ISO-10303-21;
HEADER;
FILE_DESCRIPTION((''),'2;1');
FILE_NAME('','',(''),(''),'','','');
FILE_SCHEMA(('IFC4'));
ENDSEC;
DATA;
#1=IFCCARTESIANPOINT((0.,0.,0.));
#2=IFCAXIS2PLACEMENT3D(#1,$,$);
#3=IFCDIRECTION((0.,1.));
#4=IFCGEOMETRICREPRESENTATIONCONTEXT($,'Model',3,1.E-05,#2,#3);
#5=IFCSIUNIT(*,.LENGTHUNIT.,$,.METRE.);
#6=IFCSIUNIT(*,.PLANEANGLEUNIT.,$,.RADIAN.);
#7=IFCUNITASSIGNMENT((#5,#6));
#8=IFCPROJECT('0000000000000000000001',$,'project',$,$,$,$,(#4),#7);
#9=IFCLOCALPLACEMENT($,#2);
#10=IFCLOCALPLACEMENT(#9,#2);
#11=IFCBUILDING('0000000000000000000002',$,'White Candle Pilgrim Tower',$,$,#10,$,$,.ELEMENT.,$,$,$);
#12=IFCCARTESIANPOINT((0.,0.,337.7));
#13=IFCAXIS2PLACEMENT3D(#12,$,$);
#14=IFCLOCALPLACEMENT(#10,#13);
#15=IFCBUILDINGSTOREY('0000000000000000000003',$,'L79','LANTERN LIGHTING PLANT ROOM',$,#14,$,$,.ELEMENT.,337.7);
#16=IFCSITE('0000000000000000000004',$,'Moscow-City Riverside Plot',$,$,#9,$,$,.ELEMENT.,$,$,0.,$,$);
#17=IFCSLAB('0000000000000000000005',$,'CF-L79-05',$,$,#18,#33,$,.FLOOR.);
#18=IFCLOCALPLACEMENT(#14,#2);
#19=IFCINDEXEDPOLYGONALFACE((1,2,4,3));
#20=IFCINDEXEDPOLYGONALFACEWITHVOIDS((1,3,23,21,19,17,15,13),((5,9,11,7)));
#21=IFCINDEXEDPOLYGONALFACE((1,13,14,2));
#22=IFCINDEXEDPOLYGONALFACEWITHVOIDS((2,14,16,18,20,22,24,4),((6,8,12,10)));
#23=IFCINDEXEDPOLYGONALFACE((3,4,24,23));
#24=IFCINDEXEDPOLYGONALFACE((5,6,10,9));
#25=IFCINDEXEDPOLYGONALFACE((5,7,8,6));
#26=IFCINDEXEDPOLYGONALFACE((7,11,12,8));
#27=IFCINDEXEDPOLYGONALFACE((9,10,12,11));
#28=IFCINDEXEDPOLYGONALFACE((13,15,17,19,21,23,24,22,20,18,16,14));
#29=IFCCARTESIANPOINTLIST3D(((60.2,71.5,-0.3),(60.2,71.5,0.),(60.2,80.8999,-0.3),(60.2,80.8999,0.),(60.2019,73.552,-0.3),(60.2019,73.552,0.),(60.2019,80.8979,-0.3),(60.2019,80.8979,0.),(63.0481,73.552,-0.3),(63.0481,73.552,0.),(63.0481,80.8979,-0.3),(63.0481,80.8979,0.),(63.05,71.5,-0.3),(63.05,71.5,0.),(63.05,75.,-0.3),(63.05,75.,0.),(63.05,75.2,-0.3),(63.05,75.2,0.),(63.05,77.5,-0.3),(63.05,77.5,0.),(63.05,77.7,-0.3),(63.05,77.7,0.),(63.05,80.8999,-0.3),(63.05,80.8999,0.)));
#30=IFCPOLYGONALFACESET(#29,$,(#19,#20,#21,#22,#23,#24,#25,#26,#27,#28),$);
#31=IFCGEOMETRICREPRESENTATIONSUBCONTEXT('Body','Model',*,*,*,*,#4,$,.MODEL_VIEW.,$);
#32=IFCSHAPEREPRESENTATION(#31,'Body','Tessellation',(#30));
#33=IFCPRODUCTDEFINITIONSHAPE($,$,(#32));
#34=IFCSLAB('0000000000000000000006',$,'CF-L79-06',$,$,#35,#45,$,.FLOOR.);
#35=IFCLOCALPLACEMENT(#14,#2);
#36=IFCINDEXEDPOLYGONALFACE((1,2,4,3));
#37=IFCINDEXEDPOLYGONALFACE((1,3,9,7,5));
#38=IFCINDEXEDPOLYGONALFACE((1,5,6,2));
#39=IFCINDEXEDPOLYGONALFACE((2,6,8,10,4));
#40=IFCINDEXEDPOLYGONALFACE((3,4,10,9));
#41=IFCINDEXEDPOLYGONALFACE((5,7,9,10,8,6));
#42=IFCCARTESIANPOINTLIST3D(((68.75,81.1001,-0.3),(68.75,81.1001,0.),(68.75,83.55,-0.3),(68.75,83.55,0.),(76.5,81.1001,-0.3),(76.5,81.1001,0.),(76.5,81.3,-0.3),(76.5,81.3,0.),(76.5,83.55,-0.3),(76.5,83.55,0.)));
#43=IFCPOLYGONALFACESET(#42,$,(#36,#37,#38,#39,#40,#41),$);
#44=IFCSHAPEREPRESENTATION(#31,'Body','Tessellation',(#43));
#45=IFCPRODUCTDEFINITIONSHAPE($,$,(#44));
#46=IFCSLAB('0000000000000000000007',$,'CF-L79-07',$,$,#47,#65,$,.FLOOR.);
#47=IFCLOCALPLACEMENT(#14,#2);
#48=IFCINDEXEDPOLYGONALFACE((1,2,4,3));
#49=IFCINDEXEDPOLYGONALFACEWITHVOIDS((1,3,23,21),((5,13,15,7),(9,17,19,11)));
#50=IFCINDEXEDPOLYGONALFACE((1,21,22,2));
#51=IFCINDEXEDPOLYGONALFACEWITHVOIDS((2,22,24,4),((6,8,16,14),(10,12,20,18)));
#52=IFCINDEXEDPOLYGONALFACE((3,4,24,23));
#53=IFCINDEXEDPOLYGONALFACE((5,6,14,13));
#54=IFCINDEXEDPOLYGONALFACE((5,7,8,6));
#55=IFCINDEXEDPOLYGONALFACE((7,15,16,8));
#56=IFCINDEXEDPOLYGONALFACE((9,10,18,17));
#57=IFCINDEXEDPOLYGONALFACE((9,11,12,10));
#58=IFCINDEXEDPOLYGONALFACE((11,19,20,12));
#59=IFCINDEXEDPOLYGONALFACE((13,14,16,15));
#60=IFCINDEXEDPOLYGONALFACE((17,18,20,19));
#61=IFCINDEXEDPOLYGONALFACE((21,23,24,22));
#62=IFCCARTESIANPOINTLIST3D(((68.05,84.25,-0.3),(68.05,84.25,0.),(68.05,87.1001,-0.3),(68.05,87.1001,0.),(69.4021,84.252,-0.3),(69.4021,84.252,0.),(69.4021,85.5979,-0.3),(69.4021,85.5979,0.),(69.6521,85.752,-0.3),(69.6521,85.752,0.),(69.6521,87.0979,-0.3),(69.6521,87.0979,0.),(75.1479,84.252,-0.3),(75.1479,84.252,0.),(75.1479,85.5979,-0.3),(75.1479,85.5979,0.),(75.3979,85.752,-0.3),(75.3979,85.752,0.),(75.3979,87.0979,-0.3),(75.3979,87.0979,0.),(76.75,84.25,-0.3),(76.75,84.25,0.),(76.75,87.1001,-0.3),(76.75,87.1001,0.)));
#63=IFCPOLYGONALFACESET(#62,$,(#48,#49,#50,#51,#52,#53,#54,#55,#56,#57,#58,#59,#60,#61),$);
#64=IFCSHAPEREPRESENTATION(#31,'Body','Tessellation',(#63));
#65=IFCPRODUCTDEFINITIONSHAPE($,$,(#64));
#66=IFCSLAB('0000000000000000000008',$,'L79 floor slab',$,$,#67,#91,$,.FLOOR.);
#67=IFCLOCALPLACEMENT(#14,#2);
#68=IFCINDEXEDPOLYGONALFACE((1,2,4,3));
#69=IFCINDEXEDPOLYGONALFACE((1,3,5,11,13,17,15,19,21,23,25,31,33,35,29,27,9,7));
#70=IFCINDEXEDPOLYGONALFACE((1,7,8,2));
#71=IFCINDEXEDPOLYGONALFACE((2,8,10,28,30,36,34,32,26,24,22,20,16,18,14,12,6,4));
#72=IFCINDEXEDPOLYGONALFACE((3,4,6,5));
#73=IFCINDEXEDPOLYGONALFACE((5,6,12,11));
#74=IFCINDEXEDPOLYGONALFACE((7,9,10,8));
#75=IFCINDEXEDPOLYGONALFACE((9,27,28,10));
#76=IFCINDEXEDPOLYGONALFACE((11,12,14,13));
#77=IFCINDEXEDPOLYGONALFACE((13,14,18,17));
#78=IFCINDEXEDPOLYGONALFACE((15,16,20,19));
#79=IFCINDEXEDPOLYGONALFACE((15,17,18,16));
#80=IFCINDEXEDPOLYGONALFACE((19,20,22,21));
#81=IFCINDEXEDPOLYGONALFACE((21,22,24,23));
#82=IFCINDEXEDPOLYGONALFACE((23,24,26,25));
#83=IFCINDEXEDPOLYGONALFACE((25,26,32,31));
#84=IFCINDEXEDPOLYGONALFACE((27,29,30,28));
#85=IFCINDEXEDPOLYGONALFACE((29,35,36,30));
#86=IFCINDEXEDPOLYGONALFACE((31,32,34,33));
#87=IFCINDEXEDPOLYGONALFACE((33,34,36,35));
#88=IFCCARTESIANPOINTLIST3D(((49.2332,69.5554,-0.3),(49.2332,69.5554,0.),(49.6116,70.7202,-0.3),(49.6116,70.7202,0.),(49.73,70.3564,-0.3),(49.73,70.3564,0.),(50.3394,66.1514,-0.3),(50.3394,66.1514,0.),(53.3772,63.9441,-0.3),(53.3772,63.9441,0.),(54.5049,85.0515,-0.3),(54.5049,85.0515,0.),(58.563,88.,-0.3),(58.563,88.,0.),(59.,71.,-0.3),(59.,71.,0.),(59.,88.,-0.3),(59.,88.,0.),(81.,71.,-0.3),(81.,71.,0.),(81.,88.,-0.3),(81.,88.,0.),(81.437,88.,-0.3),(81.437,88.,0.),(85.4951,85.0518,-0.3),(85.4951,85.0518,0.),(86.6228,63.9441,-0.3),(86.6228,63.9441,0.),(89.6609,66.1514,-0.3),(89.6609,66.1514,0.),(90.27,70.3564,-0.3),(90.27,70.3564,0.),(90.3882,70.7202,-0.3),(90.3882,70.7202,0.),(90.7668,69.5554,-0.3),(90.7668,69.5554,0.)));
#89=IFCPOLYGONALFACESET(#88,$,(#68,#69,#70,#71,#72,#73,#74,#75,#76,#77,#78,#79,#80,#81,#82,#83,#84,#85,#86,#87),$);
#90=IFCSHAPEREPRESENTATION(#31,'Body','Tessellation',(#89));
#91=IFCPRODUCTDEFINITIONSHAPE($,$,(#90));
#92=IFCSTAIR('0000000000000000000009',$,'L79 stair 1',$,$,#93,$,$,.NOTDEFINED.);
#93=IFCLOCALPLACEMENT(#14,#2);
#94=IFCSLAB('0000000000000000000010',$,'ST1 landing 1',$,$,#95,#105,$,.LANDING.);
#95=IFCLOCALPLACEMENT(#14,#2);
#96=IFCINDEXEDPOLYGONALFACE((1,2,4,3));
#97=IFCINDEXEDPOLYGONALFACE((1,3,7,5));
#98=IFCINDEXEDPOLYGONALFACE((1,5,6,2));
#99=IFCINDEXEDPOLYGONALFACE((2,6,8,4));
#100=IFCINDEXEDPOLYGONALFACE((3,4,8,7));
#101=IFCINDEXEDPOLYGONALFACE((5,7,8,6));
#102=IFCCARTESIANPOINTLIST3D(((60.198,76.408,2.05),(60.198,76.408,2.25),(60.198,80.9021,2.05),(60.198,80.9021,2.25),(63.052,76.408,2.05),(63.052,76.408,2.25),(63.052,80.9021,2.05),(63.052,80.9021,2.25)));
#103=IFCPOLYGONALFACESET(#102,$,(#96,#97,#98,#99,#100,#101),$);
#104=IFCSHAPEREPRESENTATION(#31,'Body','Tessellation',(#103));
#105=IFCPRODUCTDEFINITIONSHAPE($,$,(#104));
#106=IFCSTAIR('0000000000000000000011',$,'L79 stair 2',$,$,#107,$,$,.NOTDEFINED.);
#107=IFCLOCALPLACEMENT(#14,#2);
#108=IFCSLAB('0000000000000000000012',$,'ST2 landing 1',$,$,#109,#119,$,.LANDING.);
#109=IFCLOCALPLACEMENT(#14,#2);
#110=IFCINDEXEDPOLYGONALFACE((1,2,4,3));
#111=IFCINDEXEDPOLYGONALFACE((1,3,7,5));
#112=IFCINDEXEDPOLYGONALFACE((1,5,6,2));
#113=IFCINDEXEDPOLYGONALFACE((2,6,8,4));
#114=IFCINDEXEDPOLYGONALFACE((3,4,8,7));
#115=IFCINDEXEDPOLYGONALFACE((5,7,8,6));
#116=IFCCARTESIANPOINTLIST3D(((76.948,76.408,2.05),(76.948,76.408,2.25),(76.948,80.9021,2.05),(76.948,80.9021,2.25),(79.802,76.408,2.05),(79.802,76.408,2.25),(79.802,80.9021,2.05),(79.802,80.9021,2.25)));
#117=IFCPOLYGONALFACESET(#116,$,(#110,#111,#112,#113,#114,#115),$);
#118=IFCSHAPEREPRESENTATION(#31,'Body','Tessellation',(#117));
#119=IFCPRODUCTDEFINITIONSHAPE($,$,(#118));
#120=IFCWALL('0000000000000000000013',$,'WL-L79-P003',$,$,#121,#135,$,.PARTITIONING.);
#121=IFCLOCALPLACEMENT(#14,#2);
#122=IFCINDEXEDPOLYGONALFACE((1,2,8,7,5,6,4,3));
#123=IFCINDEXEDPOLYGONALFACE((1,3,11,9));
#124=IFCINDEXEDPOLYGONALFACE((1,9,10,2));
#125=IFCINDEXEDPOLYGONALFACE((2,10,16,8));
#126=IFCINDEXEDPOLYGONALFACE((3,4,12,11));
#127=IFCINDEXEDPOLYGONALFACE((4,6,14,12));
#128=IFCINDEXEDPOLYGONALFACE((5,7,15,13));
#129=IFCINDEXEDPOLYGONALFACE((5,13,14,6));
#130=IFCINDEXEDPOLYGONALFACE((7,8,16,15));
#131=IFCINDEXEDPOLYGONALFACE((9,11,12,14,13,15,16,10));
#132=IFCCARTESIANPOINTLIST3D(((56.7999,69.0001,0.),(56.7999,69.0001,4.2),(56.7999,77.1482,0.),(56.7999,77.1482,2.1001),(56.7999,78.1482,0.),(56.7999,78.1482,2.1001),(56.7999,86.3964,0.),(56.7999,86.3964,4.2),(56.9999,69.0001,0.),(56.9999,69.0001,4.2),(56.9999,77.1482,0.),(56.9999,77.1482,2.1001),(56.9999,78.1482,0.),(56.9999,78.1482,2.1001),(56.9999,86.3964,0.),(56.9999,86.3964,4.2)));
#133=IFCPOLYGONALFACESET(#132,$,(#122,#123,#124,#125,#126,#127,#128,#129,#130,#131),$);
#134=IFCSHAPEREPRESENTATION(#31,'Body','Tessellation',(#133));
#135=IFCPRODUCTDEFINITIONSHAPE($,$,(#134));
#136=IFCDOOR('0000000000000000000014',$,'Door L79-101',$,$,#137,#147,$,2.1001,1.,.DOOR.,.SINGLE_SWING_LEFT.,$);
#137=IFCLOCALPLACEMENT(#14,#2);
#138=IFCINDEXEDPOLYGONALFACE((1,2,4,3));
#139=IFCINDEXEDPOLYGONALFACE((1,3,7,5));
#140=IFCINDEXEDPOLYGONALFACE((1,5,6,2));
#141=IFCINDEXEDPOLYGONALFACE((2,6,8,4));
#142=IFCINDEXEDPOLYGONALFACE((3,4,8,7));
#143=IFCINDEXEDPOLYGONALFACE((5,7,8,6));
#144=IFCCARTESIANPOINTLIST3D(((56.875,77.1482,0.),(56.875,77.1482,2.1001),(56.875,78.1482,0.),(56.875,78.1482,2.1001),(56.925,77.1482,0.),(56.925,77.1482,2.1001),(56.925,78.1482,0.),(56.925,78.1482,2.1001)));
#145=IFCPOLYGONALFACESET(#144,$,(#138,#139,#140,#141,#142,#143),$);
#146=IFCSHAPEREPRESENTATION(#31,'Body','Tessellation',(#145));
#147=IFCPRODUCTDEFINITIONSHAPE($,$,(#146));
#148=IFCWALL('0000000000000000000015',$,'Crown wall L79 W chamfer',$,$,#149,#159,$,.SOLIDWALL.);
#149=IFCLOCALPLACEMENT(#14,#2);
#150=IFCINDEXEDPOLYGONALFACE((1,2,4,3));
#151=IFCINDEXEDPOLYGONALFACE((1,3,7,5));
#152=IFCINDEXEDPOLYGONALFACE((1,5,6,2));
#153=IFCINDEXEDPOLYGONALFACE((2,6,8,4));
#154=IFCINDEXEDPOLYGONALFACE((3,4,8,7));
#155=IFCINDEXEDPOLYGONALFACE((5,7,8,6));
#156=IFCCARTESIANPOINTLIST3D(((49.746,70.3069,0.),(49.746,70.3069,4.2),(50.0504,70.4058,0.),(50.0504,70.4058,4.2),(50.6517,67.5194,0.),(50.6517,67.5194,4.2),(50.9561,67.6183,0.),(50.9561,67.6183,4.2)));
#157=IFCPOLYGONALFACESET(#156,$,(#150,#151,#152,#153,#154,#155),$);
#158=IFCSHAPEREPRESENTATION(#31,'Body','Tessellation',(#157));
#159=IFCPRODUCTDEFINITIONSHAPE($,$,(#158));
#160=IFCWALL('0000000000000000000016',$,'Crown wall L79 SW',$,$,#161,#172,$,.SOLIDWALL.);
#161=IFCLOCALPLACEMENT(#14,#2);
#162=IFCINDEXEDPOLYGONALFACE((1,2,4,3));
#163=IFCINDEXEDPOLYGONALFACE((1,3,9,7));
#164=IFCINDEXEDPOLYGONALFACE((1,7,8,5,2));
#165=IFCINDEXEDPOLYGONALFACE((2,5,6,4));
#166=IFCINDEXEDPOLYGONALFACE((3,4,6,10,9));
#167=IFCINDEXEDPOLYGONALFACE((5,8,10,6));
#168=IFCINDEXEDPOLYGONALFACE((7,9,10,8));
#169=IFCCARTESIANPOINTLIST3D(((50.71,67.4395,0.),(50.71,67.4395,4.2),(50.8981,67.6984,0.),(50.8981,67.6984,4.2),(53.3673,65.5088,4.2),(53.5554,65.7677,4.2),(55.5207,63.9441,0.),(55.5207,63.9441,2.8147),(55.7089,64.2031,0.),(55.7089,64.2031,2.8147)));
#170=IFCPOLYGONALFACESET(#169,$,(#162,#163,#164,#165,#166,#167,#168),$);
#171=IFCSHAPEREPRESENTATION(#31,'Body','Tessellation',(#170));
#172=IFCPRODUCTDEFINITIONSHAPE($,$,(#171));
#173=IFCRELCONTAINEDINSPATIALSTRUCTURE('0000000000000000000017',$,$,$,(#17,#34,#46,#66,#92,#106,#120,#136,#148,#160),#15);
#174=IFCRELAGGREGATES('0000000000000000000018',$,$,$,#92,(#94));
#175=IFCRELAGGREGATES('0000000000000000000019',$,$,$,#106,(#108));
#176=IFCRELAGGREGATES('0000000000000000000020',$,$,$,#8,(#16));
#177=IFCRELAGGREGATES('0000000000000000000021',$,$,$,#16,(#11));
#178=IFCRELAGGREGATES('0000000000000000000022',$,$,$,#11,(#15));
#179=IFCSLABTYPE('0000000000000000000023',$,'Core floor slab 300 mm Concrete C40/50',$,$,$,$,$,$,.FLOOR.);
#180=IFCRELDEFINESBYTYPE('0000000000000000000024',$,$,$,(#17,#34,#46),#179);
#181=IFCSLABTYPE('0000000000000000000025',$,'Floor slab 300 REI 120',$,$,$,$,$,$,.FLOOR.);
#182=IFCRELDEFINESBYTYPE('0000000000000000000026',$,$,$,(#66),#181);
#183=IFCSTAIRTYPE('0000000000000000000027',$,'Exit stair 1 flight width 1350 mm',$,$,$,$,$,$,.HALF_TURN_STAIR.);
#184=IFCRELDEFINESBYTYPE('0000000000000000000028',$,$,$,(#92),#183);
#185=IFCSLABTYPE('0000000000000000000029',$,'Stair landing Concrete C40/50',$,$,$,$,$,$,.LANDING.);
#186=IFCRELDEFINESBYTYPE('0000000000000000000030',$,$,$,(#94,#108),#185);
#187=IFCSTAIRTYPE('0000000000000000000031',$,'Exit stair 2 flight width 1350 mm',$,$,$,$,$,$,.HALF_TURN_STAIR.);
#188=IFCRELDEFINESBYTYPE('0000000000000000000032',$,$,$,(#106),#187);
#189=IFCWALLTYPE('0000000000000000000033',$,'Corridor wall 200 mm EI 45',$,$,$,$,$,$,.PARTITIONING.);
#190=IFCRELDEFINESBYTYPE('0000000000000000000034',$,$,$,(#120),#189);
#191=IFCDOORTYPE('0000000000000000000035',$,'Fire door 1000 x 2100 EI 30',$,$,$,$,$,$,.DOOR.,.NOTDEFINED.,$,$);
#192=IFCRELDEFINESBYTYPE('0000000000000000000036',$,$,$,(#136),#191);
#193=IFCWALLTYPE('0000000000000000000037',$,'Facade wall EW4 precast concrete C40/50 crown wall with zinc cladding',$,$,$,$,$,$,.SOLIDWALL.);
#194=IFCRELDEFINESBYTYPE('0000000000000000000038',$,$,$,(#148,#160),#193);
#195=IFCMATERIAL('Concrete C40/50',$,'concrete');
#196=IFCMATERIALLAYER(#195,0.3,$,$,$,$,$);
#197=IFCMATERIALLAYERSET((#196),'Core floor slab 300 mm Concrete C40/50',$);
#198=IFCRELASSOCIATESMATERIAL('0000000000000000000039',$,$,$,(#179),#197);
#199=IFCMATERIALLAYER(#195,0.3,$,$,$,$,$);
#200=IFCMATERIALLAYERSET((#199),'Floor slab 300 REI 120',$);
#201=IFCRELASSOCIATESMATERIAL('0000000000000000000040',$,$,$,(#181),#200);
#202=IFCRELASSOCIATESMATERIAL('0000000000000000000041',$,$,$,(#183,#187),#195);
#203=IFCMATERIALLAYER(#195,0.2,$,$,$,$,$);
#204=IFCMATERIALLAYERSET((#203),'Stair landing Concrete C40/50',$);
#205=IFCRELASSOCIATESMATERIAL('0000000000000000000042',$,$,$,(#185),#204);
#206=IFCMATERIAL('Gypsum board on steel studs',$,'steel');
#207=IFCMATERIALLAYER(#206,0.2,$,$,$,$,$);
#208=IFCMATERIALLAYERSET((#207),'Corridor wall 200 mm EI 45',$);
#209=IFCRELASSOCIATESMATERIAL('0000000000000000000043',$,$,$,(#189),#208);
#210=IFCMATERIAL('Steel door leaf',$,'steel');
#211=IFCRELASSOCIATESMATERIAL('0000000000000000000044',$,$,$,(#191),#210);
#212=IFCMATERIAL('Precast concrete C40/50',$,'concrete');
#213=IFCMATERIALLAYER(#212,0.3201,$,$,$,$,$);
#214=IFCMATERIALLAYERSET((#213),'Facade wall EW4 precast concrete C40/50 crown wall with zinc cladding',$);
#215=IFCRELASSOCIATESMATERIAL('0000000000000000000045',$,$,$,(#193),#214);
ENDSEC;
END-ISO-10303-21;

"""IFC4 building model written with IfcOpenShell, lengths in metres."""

from ifc_helpers import new_model, si_unit, direction, frame, frame_2d, origin, place, context, subcontext, project, spatial, polyline, rectangle, outline, extrude, material, layer, layer_set, type_object, element, fill, aggregate, save


model = new_model("IFC4")

# Units and contexts
model_context = context("Model", 3, precision=1e-05, world=origin(), true_north=direction((0.0, 1.0)))
body_context = subcontext(model_context, "Body", "Model", "MODEL_VIEW")
ifc_project = project(units=[si_unit("LENGTHUNIT", "METRE"), si_unit("PLANEANGLEUNIT", "RADIAN")], contexts=[model_context])

# Site, building, storey
site_placement = place(None, origin())
site = spatial("IfcSite", under=ifc_project, at=site_placement, Name="Moscow-City Riverside Plot", CompositionType="ELEMENT", RefElevation=0.0)
building_placement = place(site_placement, origin())
building = spatial("IfcBuilding", under=site, at=building_placement, Name="White Candle Pilgrim Tower", CompositionType="ELEMENT")
storey_placement = place(building_placement, frame((0.0, 0.0, 337.7)))
storey = spatial("IfcBuildingStorey", under=building, at=storey_placement, Name="L79", Description="LANTERN LIGHTING PLANT ROOM", CompositionType="ELEMENT", Elevation=337.7)

# Slabs
ifc_material_1 = material(Name="Concrete C40/50", Category="concrete")
ifc_layer_1 = layer(ifc_material_1, 0.3)
ifc_layer_set_1 = layer_set([ifc_layer_1], Name="Core floor slab 300 mm Concrete C40/50")
slab_type_1 = type_object("IfcSlabType", Name="Core floor slab 300 mm Concrete C40/50", PredefinedType="FLOOR", material=ifc_layer_set_1)
slab_1_placement = place(storey_placement, frame((0.0, 0.0, -0.3)))
element("IfcSlab", 1, at=slab_1_placement, inside=storey, type_object=slab_type_1, Name="CF-L79-05", PredefinedType="FLOOR", context=body_context, shape_type="SweptSolid", body=[
    extrude(outline(polyline([(60.2, 71.5), (60.2, 80.8999), (63.05, 80.8999), (63.05, 77.7), (63.05, 77.5), (63.05, 75.2), (63.05, 75.0), (63.05, 71.5), (60.2, 71.5)]), holes=[polyline([(63.0481, 73.552), (63.0481, 80.8979), (60.2019, 80.8979), (60.2019, 73.552), (63.0481, 73.552)])]), origin(), (0.0, 0.0, 1.0), 0.3),
])
slab_2_placement = place(storey_placement, frame((0.0, 0.0, -0.3)))
element("IfcSlab", 2, at=slab_2_placement, inside=storey, type_object=slab_type_1, Name="CF-L79-06", PredefinedType="FLOOR", context=body_context, shape_type="SweptSolid", body=[
    extrude(outline(polyline([(68.75, 83.55), (76.5, 83.55), (76.5, 81.3), (76.5, 81.1001), (68.75, 81.1001), (68.75, 83.55)])), origin(), (0.0, 0.0, 1.0), 0.3),
])
slab_3_placement = place(storey_placement, frame((0.0, 0.0, -0.3)))
element("IfcSlab", 3, at=slab_3_placement, inside=storey, type_object=slab_type_1, Name="CF-L79-07", PredefinedType="FLOOR", context=body_context, shape_type="SweptSolid", body=[
    extrude(outline(polyline([(68.05, 87.1001), (76.75, 87.1001), (76.75, 84.25), (68.05, 84.25), (68.05, 87.1001)]), holes=[polyline([(69.4021, 84.252), (75.1479, 84.252), (75.1479, 85.5979), (69.4021, 85.5979), (69.4021, 84.252)]), polyline([(69.6521, 87.0979), (69.6521, 85.752), (75.3979, 85.752), (75.3979, 87.0979), (69.6521, 87.0979)])]), origin(), (0.0, 0.0, 1.0), 0.3),
])
ifc_layer_2 = layer(ifc_material_1, 0.3)
ifc_layer_set_2 = layer_set([ifc_layer_2], Name="Floor slab 300 REI 120")
slab_type_2 = type_object("IfcSlabType", Name="Floor slab 300 REI 120", PredefinedType="FLOOR", material=ifc_layer_set_2)
slab_4_placement = place(storey_placement, frame((0.0, 0.0, -0.3)))
element("IfcSlab", 4, at=slab_4_placement, inside=storey, type_object=slab_type_2, Name="L79 floor slab", PredefinedType="FLOOR", context=body_context, shape_type="SweptSolid", body=[
    extrude(outline(polyline([(53.3772, 63.9441), (86.6228, 63.9441), (89.6609, 66.1514), (90.7668, 69.5554), (90.3882, 70.7202), (90.27, 70.3564), (85.4951, 85.0518), (81.437, 88.0), (81.0, 88.0), (81.0, 71.0), (59.0, 71.0), (59.0, 88.0), (58.563, 88.0), (54.5049, 85.0515), (49.73, 70.3564), (49.6116, 70.7202), (49.2332, 69.5554), (50.3394, 66.1514), (53.3772, 63.9441)])), origin(), (0.0, 0.0, 1.0), 0.3),
])

# Stairs, slabs
stair_type_1 = type_object("IfcStairType", Name="Exit stair 1 flight width 1350 mm", PredefinedType="HALF_TURN_STAIR", material=ifc_material_1)
stair_1_placement = place(storey_placement, origin())
stair_1 = element("IfcStair", 5, at=stair_1_placement, inside=storey, type_object=stair_type_1, Name="L79 stair 1", PredefinedType="NOTDEFINED")
ifc_layer_3 = layer(ifc_material_1, 0.2)
ifc_layer_set_3 = layer_set([ifc_layer_3], Name="Stair landing Concrete C40/50")
slab_type_3 = type_object("IfcSlabType", Name="Stair landing Concrete C40/50", PredefinedType="LANDING", material=ifc_layer_set_3)
slab_5_placement = place(storey_placement, frame((0.0, 0.0, 2.05)))
slab_5 = element("IfcSlab", 6, at=slab_5_placement, type_object=slab_type_3, Name="ST1 landing 1", PredefinedType="LANDING", context=body_context, shape_type="SweptSolid", body=[
    extrude(outline(polyline([(63.052, 76.408), (60.198, 76.408), (60.198, 80.9021), (63.052, 80.9021), (63.052, 76.408)])), origin(), (0.0, 0.0, 1.0), 0.2),
])
aggregate(stair_1, [slab_5])
stair_type_2 = type_object("IfcStairType", Name="Exit stair 2 flight width 1350 mm", PredefinedType="HALF_TURN_STAIR", material=ifc_material_1)
stair_2_placement = place(storey_placement, origin())
stair_2 = element("IfcStair", 7, at=stair_2_placement, inside=storey, type_object=stair_type_2, Name="L79 stair 2", PredefinedType="NOTDEFINED")
slab_6_placement = place(storey_placement, frame((0.0, 0.0, 2.05)))
slab_6 = element("IfcSlab", 8, at=slab_6_placement, type_object=slab_type_3, Name="ST2 landing 1", PredefinedType="LANDING", context=body_context, shape_type="SweptSolid", body=[
    extrude(outline(polyline([(79.802, 76.408), (76.948, 76.408), (76.948, 80.9021), (79.802, 80.9021), (79.802, 76.408)])), origin(), (0.0, 0.0, 1.0), 0.2),
])
aggregate(stair_2, [slab_6])

# Wall, opening, door
ifc_material_2 = material(Name="Gypsum board on steel studs", Category="steel")
ifc_layer_4 = layer(ifc_material_2, 0.2)
ifc_layer_set_4 = layer_set([ifc_layer_4], Name="Corridor wall 200 mm EI 45")
wall_type_1 = type_object("IfcWallType", Name="Corridor wall 200 mm EI 45", PredefinedType="PARTITIONING", material=ifc_layer_set_4)
wall_1_placement = place(storey_placement, frame((56.8999, 69.0, 0.0), z_axis=(0.0, 0.0, 1.0), x_axis=(0.0, 1.0, 0.0)))
wall_1 = element("IfcWall", 9, at=wall_1_placement, inside=storey, type_object=wall_type_1, Name="WL-L79-P003", PredefinedType="PARTITIONING", context=body_context, shape_type="SweptSolid", body=[
    extrude(rectangle(XDim=17.3962, YDim=0.2, at=frame_2d((8.6982, 0.0))), origin(), (0.0, 0.0, 1.0), 4.2),
])
opening_1_placement = place(wall_1_placement, frame((8.1482, 0.0, 0.0)))
opening_1 = element("IfcOpeningElement", 10, at=opening_1_placement, cuts=wall_1, PredefinedType="OPENING", context=body_context, shape_type="SweptSolid", body=[
    extrude(rectangle(XDim=1.0, YDim=2.1001, at=frame_2d((0.5, 1.05))), frame((0.0, 0.1099, 0.0), z_axis=(0.0, -1.0, 0.0), x_axis=(1.0, 0.0, 0.0)), (0.0, 0.0, 1.0), 0.22),
])
ifc_material_3 = material(Name="Steel door leaf", Category="steel")
door_type_1 = type_object("IfcDoorType", Name="Fire door 1000 x 2100 EI 30", OperationType="NOTDEFINED", PredefinedType="DOOR", material=ifc_material_3)
door_1_placement = place(opening_1_placement, origin())
door_1 = element("IfcDoor", 11, at=door_1_placement, inside=storey, type_object=door_type_1, Name="Door L79-101", OperationType="SINGLE_SWING_LEFT", OverallHeight=2.1001, OverallWidth=1.0, PredefinedType="DOOR", context=body_context, shape_type="SweptSolid", body=[
    extrude(rectangle(XDim=1.0, YDim=2.1001, at=frame_2d((0.5, 1.05))), frame((0.0, 0.0249, 0.0), z_axis=(0.0, -1.0, 0.0), x_axis=(1.0, 0.0, 0.0)), (0.0, 0.0, 1.0), 0.05),
])
fill(opening_1, door_1)

# Walls
ifc_material_4 = material(Name="Precast concrete C40/50", Category="concrete")
ifc_layer_5 = layer(ifc_material_4, 0.3201)
ifc_layer_set_5 = layer_set([ifc_layer_5], Name="Facade wall EW4 precast concrete C40/50 crown wall with zinc cladding")
wall_type_2 = type_object("IfcWallType", Name="Facade wall EW4 precast concrete C40/50 crown wall with zinc cladding", PredefinedType="SOLIDWALL", material=ifc_layer_set_5)
wall_2_placement = place(storey_placement, frame((49.8982, 70.3562, 0.0), z_axis=(0.0, 0.0, 1.0), x_axis=(0.309047, -0.951047, 0.0)))
element("IfcWall", 12, at=wall_2_placement, inside=storey, type_object=wall_type_2, Name="Crown wall L79 W chamfer", PredefinedType="SOLIDWALL", context=body_context, shape_type="SweptSolid", body=[
    extrude(rectangle(XDim=2.9309, YDim=0.3201, at=frame_2d((1.4653, 0.0))), origin(), (0.0, 0.0, 1.0), 4.2),
])
wall_3_placement = place(storey_placement, frame((50.804, 67.5688, 0.0), z_axis=(0.0, 0.0, 1.0), x_axis=(0.809008, -0.587798, 0.0)))
element("IfcWall", 13, at=wall_3_placement, inside=storey, type_object=wall_type_2, Name="Crown wall L79 SW", PredefinedType="SOLIDWALL", context=body_context, shape_type="SweptSolid", body=[
    extrude(outline(polyline([(0.0, 0.0), (5.9465, 0.0), (5.9465, 2.8147), (3.2847, 4.2), (0.0, 4.2), (0.0, 0.0)])), frame((0.0, 0.1602, 0.0), z_axis=(0.0, -1.0, 0.0), x_axis=(1.0, 0.0, 0.0)), (0.0, 0.0, 1.0), 0.3201),
])

save(model, "model.ifc")
